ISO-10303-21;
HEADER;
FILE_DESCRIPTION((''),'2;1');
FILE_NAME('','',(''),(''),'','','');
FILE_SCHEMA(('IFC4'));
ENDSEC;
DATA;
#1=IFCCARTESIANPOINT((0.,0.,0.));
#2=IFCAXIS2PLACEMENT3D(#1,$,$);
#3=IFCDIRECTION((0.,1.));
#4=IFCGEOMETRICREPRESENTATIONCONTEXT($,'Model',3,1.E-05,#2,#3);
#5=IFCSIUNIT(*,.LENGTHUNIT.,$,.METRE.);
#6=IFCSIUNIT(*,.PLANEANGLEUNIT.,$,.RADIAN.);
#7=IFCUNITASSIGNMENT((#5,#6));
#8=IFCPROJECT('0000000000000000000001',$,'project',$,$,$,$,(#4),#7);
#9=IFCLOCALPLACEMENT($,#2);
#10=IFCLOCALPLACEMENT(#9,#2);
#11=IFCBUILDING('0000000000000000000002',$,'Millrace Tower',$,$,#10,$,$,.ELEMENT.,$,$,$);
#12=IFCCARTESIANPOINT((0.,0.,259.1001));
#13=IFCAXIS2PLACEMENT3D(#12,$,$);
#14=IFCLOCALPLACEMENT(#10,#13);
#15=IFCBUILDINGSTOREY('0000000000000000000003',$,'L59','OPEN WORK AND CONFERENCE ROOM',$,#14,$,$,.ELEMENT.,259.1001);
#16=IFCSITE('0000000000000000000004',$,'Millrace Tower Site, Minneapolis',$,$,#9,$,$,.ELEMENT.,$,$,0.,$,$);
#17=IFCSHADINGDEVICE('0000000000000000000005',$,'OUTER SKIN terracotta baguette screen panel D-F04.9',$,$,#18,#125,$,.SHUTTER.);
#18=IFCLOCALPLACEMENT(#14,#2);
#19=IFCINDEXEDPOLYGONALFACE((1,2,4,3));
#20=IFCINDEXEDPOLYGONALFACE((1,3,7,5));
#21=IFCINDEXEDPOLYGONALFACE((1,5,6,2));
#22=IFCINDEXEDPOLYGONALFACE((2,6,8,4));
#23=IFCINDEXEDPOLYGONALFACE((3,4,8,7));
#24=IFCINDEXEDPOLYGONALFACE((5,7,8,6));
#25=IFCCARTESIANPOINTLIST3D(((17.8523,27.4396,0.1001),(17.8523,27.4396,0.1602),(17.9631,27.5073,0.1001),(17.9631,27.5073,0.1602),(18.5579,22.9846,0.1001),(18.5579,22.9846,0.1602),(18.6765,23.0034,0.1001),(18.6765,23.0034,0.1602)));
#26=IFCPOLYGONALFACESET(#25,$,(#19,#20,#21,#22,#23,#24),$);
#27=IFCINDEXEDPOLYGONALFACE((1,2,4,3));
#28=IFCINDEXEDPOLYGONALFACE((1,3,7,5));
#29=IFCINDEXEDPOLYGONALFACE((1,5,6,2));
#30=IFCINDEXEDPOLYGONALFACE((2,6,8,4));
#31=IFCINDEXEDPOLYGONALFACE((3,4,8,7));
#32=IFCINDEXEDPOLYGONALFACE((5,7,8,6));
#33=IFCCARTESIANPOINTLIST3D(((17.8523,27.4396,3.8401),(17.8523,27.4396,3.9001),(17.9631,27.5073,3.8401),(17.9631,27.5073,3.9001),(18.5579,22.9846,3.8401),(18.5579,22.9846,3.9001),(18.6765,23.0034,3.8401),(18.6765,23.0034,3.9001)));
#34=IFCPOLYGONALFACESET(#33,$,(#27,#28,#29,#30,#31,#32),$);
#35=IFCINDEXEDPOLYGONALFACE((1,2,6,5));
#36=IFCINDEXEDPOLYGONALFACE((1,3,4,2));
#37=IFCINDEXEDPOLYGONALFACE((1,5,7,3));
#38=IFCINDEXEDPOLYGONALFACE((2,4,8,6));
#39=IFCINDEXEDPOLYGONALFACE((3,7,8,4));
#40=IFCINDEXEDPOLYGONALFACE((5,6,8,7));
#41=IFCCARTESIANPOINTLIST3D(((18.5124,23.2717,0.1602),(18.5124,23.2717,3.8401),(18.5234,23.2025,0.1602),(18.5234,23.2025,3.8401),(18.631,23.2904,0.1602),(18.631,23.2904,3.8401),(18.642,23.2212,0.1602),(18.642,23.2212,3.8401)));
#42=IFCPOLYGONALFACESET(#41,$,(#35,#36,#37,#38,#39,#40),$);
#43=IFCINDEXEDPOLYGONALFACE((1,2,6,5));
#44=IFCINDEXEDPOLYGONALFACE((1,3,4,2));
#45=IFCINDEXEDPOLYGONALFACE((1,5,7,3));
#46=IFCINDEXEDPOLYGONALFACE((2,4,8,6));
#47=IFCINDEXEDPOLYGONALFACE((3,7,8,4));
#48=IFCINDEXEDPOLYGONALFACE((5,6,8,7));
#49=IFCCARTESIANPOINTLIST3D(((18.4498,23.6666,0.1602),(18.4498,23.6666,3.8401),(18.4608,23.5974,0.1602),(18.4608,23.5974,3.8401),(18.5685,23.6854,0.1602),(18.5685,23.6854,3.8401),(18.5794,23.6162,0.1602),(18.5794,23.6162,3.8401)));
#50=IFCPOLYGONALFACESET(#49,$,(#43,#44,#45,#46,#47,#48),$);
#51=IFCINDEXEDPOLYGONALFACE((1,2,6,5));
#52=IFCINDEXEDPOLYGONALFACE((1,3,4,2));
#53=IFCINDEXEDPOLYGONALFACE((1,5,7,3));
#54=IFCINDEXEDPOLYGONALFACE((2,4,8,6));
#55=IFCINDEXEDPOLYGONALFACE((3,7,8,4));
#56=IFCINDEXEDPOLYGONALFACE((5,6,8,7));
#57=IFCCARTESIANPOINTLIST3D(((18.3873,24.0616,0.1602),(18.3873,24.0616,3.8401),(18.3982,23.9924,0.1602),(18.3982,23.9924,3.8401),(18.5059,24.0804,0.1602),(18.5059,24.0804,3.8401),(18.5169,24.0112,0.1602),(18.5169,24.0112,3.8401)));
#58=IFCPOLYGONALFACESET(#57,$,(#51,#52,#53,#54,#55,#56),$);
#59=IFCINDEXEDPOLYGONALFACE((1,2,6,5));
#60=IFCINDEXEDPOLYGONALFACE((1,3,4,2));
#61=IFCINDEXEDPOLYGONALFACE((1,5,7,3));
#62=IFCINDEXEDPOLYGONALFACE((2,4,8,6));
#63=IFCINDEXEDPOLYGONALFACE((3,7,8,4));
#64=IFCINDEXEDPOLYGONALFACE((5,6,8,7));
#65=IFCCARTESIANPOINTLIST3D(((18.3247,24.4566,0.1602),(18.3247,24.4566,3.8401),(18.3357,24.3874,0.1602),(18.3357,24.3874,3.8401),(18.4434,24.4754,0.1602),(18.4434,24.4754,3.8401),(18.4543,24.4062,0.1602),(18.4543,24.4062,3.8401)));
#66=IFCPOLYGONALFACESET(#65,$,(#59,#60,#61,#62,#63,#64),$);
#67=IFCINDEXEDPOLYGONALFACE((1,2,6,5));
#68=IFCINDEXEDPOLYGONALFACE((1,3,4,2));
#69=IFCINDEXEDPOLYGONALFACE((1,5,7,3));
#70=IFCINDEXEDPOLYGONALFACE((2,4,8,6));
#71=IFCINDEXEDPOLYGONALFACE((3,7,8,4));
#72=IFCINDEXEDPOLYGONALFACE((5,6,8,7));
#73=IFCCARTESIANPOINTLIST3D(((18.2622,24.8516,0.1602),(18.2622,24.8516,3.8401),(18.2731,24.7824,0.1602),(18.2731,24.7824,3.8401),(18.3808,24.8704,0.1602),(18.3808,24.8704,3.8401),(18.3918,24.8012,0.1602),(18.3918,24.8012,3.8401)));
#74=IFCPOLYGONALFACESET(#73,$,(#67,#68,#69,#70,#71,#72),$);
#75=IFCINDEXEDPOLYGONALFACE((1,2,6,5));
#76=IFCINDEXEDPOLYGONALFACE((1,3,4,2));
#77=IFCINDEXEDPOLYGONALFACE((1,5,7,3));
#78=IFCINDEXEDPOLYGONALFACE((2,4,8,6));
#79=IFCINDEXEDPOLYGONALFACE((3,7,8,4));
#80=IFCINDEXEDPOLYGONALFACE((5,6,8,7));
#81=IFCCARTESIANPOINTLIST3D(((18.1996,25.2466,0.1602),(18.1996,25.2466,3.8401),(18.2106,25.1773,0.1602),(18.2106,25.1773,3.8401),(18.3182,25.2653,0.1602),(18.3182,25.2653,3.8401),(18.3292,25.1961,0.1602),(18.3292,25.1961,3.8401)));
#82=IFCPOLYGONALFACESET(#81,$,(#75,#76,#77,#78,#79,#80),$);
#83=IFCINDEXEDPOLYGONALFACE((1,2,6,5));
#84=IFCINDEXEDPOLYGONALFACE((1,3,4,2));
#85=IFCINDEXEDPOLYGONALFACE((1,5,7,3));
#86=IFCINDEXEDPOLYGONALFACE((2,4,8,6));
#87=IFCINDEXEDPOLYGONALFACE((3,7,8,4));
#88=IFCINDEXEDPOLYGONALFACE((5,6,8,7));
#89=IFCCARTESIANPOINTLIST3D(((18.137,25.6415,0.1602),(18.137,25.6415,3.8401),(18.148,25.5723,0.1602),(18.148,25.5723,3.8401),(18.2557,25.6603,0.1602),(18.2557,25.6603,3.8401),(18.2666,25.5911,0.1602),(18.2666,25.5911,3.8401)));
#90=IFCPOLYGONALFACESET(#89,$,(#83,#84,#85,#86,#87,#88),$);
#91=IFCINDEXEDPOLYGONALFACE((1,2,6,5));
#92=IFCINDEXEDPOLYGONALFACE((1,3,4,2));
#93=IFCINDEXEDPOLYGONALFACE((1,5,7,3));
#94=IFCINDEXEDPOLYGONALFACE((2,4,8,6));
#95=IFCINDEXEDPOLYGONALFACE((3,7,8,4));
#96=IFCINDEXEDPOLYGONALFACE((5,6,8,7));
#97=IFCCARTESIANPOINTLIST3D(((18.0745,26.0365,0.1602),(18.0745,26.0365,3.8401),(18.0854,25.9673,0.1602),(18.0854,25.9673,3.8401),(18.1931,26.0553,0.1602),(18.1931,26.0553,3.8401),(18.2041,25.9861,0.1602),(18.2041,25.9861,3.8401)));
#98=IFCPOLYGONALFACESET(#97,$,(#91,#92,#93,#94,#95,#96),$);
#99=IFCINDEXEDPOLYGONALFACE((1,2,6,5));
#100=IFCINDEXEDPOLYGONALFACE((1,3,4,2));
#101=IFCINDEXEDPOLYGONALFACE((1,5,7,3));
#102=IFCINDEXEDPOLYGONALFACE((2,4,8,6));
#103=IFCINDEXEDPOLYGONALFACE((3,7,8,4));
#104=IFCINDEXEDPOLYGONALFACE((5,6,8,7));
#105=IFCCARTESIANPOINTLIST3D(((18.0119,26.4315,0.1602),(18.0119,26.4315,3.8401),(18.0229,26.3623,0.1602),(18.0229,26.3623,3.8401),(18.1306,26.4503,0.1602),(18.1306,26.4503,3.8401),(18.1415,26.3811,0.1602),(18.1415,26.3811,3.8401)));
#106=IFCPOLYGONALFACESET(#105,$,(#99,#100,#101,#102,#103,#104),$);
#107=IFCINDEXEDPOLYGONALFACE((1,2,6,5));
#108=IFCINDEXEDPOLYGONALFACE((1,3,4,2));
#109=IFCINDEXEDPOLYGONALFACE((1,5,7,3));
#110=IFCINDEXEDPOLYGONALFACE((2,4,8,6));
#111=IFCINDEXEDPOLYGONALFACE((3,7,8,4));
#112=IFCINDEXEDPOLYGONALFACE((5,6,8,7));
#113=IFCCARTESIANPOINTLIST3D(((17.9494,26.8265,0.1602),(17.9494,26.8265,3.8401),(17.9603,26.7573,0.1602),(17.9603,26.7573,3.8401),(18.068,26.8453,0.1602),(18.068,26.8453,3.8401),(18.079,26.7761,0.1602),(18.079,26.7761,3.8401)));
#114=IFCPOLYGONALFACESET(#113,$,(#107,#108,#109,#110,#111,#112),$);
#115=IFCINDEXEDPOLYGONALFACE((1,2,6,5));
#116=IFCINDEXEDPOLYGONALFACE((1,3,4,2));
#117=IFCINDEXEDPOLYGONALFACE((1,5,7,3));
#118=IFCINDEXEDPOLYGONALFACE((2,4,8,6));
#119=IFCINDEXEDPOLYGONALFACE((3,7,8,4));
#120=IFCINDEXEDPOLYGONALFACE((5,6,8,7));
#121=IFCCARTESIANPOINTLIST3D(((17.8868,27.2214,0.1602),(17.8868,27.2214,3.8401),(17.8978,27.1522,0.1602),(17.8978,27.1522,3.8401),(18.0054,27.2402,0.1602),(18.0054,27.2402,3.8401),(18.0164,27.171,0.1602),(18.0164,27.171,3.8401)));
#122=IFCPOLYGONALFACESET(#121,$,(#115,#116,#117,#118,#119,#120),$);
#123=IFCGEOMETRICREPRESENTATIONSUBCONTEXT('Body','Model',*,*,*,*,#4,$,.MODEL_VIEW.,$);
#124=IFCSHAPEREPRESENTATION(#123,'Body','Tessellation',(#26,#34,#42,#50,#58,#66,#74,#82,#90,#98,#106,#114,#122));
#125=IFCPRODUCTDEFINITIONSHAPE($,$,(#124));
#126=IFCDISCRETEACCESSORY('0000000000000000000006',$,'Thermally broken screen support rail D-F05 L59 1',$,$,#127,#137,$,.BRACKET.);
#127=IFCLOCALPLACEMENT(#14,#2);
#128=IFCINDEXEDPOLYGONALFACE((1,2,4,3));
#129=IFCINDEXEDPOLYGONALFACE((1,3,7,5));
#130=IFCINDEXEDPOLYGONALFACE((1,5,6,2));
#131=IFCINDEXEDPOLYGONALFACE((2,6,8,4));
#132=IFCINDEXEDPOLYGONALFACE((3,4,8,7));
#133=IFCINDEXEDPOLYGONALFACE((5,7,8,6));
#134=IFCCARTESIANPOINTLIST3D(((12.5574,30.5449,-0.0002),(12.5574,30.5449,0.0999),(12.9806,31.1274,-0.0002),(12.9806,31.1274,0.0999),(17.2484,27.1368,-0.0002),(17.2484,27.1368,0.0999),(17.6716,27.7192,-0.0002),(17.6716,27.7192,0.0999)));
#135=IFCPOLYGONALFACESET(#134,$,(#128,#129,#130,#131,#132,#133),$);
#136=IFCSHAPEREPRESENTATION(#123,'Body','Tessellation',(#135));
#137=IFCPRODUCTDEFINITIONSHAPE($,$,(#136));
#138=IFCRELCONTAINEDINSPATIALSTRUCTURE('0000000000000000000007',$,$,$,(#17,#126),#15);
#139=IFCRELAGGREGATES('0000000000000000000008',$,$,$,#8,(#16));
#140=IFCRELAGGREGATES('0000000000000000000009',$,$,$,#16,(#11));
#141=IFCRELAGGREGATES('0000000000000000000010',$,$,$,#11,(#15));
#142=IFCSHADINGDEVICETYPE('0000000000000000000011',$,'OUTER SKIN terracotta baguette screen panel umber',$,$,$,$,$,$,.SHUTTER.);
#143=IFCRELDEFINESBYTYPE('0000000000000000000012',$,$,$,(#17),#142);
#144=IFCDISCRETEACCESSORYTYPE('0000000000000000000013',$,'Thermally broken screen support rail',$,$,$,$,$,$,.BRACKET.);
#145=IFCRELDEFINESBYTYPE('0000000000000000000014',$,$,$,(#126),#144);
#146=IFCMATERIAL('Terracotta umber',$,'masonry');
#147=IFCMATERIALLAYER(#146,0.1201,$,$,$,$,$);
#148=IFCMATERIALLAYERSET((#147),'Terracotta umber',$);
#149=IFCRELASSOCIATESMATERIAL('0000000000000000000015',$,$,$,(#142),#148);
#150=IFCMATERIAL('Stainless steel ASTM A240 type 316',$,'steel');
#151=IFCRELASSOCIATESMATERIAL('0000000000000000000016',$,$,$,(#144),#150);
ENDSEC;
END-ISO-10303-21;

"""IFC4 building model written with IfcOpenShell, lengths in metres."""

from ifc_helpers import new_model, entity, si_unit, direction, frame, frame_2d, origin, origin_2d, place, context, subcontext, project, spatial, rectangle, extrude, source, transform, mapped, material, layer, layer_set, type_object, element, save


model = new_model("IFC4")

# Units and contexts
model_context = context("Model", 3, precision=1e-05, world=origin(), true_north=direction((0.0, 1.0)))
body_context = subcontext(model_context, "Body", "Model", "MODEL_VIEW")
ifc_project = project(units=[si_unit("LENGTHUNIT", "METRE"), si_unit("PLANEANGLEUNIT", "RADIAN")], contexts=[model_context])

# Site, building, storey
site_placement = place(None, origin())
site = spatial("IfcSite", under=ifc_project, at=site_placement, Name="Millrace Tower Site, Minneapolis", CompositionType="ELEMENT", RefElevation=0.0)
building_placement = place(site_placement, origin())
building = spatial("IfcBuilding", under=site, at=building_placement, Name="Millrace Tower", CompositionType="ELEMENT")
storey_placement = place(building_placement, frame((0.0, 0.0, 259.1001)))
storey = spatial("IfcBuildingStorey", under=building, at=storey_placement, Name="L59", Description="OPEN WORK AND CONFERENCE ROOM", CompositionType="ELEMENT", Elevation=259.1001)

# Shading device
ifc_material_1 = material(Name="Terracotta umber", Category="masonry")
ifc_layer_1 = layer(ifc_material_1, 0.1201)
ifc_layer_set_1 = layer_set([ifc_layer_1], Name="Terracotta umber")
shading_device_type = type_object("IfcShadingDeviceType", Name="OUTER SKIN terracotta baguette screen panel umber", PredefinedType="SHUTTER", material=ifc_layer_set_1)
cartesian_point_1 = entity("IfcCartesianPoint", [-2.2676, 0.0601])
shared_polyline_1 = entity("IfcPolyline", [cartesian_point_1, entity("IfcCartesianPoint", [2.2429, 0.0601]), entity("IfcCartesianPoint", [2.2925, -0.0601]), entity("IfcCartesianPoint", [-2.2676, -0.0601]), cartesian_point_1])
shared_shape_1 = source(origin(), body_context, "Body", "SweptSolid", [
    entity("IfcExtrudedAreaSolid", entity("IfcArbitraryClosedProfileDef", "AREA", None, shared_polyline_1), entity("IfcAxis2Placement3D", entity("IfcCartesianPoint", [0.0, 0.0, 0.0])), entity("IfcDirection", [0.0, 0.0, 1.0]), 0.0601),
    entity("IfcExtrudedAreaSolid", entity("IfcArbitraryClosedProfileDef", "AREA", None, shared_polyline_1), entity("IfcAxis2Placement3D", entity("IfcCartesianPoint", [0.0, 0.0, 3.74])), entity("IfcDirection", [0.0, 0.0, 1.0]), 0.0601),
    extrude(rectangle(XDim=0.0701, YDim=0.1201, at=frame_2d((-2.012, 0.0))), frame((0.0, 0.0, 0.0601)), (0.0, 0.0, 1.0), 3.6799),
    extrude(rectangle(XDim=0.0701, YDim=0.1201, at=frame_2d((-1.6121, 0.0))), frame((0.0, 0.0, 0.0601)), (0.0, 0.0, 1.0), 3.6799),
    extrude(rectangle(XDim=0.0701, YDim=0.1201, at=frame_2d((-1.2122, 0.0))), frame((0.0, 0.0, 0.0601)), (0.0, 0.0, 1.0), 3.6799),
    extrude(rectangle(XDim=0.0701, YDim=0.1201, at=frame_2d((-0.8123, 0.0))), frame((0.0, 0.0, 0.0601)), (0.0, 0.0, 1.0), 3.6799),
    extrude(rectangle(XDim=0.0701, YDim=0.1201, at=frame_2d((-0.4124, 0.0))), frame((0.0, 0.0, 0.0601)), (0.0, 0.0, 1.0), 3.6799),
    extrude(rectangle(XDim=0.0701, YDim=0.1201, at=frame_2d((-0.0125, 0.0))), frame((0.0, 0.0, 0.0601)), (0.0, 0.0, 1.0), 3.6799),
    extrude(rectangle(XDim=0.0701, YDim=0.1201, at=frame_2d((0.3875, 0.0))), frame((0.0, 0.0, 0.0601)), (0.0, 0.0, 1.0), 3.6799),
    extrude(rectangle(XDim=0.0701, YDim=0.1201, at=frame_2d((0.7874, 0.0))), frame((0.0, 0.0, 0.0601)), (0.0, 0.0, 1.0), 3.6799),
    extrude(rectangle(XDim=0.0701, YDim=0.1201, at=frame_2d((1.1873, 0.0))), frame((0.0, 0.0, 0.0601)), (0.0, 0.0, 1.0), 3.6799),
    extrude(rectangle(XDim=0.0701, YDim=0.1201, at=frame_2d((1.5872, 0.0))), frame((0.0, 0.0, 0.0601)), (0.0, 0.0, 1.0), 3.6799),
    extrude(rectangle(XDim=0.0701, YDim=0.1201, at=frame_2d((1.9871, 0.0))), frame((0.0, 0.0, 0.0601)), (0.0, 0.0, 1.0), 3.6799),
])
shading_device_1_placement = place(storey_placement, frame((18.2625, 25.2336, 0.1001), z_axis=(0.0, 0.0, 1.0), x_axis=(-0.156434, 0.987688, 0.0)))
element("IfcShadingDevice", 1, at=shading_device_1_placement, inside=storey, type_object=shading_device_type, Name="OUTER SKIN terracotta baguette screen panel D-F04.9", PredefinedType="SHUTTER", context=body_context, shape_type="MappedRepresentation", body=[
    mapped(shared_shape_1, transform((0.0, 0.0, 0.0), scale=1.0)),
])

# Discrete accessory
ifc_material_2 = material(Name="Stainless steel ASTM A240 type 316", Category="steel")
discrete_accessory_type = type_object("IfcDiscreteAccessoryType", Name="Thermally broken screen support rail", PredefinedType="BRACKET", material=ifc_material_2)
discrete_accessory_placement = place(storey_placement, frame((15.1145, 29.1321, -0.0002), z_axis=(0.0, 0.0, 1.0), x_axis=(-0.809017, 0.587785, 0.0)))
element("IfcDiscreteAccessory", 2, at=discrete_accessory_placement, inside=storey, type_object=discrete_accessory_type, Name="Thermally broken screen support rail D-F05 L59 1", PredefinedType="BRACKET", context=body_context, shape_type="SweptSolid", body=[
    extrude(rectangle(XDim=5.7983, YDim=0.72, at=origin_2d()), origin(), (0.0, 0.0, 1.0), 0.1001),
])

save(model, "model.ifc")
